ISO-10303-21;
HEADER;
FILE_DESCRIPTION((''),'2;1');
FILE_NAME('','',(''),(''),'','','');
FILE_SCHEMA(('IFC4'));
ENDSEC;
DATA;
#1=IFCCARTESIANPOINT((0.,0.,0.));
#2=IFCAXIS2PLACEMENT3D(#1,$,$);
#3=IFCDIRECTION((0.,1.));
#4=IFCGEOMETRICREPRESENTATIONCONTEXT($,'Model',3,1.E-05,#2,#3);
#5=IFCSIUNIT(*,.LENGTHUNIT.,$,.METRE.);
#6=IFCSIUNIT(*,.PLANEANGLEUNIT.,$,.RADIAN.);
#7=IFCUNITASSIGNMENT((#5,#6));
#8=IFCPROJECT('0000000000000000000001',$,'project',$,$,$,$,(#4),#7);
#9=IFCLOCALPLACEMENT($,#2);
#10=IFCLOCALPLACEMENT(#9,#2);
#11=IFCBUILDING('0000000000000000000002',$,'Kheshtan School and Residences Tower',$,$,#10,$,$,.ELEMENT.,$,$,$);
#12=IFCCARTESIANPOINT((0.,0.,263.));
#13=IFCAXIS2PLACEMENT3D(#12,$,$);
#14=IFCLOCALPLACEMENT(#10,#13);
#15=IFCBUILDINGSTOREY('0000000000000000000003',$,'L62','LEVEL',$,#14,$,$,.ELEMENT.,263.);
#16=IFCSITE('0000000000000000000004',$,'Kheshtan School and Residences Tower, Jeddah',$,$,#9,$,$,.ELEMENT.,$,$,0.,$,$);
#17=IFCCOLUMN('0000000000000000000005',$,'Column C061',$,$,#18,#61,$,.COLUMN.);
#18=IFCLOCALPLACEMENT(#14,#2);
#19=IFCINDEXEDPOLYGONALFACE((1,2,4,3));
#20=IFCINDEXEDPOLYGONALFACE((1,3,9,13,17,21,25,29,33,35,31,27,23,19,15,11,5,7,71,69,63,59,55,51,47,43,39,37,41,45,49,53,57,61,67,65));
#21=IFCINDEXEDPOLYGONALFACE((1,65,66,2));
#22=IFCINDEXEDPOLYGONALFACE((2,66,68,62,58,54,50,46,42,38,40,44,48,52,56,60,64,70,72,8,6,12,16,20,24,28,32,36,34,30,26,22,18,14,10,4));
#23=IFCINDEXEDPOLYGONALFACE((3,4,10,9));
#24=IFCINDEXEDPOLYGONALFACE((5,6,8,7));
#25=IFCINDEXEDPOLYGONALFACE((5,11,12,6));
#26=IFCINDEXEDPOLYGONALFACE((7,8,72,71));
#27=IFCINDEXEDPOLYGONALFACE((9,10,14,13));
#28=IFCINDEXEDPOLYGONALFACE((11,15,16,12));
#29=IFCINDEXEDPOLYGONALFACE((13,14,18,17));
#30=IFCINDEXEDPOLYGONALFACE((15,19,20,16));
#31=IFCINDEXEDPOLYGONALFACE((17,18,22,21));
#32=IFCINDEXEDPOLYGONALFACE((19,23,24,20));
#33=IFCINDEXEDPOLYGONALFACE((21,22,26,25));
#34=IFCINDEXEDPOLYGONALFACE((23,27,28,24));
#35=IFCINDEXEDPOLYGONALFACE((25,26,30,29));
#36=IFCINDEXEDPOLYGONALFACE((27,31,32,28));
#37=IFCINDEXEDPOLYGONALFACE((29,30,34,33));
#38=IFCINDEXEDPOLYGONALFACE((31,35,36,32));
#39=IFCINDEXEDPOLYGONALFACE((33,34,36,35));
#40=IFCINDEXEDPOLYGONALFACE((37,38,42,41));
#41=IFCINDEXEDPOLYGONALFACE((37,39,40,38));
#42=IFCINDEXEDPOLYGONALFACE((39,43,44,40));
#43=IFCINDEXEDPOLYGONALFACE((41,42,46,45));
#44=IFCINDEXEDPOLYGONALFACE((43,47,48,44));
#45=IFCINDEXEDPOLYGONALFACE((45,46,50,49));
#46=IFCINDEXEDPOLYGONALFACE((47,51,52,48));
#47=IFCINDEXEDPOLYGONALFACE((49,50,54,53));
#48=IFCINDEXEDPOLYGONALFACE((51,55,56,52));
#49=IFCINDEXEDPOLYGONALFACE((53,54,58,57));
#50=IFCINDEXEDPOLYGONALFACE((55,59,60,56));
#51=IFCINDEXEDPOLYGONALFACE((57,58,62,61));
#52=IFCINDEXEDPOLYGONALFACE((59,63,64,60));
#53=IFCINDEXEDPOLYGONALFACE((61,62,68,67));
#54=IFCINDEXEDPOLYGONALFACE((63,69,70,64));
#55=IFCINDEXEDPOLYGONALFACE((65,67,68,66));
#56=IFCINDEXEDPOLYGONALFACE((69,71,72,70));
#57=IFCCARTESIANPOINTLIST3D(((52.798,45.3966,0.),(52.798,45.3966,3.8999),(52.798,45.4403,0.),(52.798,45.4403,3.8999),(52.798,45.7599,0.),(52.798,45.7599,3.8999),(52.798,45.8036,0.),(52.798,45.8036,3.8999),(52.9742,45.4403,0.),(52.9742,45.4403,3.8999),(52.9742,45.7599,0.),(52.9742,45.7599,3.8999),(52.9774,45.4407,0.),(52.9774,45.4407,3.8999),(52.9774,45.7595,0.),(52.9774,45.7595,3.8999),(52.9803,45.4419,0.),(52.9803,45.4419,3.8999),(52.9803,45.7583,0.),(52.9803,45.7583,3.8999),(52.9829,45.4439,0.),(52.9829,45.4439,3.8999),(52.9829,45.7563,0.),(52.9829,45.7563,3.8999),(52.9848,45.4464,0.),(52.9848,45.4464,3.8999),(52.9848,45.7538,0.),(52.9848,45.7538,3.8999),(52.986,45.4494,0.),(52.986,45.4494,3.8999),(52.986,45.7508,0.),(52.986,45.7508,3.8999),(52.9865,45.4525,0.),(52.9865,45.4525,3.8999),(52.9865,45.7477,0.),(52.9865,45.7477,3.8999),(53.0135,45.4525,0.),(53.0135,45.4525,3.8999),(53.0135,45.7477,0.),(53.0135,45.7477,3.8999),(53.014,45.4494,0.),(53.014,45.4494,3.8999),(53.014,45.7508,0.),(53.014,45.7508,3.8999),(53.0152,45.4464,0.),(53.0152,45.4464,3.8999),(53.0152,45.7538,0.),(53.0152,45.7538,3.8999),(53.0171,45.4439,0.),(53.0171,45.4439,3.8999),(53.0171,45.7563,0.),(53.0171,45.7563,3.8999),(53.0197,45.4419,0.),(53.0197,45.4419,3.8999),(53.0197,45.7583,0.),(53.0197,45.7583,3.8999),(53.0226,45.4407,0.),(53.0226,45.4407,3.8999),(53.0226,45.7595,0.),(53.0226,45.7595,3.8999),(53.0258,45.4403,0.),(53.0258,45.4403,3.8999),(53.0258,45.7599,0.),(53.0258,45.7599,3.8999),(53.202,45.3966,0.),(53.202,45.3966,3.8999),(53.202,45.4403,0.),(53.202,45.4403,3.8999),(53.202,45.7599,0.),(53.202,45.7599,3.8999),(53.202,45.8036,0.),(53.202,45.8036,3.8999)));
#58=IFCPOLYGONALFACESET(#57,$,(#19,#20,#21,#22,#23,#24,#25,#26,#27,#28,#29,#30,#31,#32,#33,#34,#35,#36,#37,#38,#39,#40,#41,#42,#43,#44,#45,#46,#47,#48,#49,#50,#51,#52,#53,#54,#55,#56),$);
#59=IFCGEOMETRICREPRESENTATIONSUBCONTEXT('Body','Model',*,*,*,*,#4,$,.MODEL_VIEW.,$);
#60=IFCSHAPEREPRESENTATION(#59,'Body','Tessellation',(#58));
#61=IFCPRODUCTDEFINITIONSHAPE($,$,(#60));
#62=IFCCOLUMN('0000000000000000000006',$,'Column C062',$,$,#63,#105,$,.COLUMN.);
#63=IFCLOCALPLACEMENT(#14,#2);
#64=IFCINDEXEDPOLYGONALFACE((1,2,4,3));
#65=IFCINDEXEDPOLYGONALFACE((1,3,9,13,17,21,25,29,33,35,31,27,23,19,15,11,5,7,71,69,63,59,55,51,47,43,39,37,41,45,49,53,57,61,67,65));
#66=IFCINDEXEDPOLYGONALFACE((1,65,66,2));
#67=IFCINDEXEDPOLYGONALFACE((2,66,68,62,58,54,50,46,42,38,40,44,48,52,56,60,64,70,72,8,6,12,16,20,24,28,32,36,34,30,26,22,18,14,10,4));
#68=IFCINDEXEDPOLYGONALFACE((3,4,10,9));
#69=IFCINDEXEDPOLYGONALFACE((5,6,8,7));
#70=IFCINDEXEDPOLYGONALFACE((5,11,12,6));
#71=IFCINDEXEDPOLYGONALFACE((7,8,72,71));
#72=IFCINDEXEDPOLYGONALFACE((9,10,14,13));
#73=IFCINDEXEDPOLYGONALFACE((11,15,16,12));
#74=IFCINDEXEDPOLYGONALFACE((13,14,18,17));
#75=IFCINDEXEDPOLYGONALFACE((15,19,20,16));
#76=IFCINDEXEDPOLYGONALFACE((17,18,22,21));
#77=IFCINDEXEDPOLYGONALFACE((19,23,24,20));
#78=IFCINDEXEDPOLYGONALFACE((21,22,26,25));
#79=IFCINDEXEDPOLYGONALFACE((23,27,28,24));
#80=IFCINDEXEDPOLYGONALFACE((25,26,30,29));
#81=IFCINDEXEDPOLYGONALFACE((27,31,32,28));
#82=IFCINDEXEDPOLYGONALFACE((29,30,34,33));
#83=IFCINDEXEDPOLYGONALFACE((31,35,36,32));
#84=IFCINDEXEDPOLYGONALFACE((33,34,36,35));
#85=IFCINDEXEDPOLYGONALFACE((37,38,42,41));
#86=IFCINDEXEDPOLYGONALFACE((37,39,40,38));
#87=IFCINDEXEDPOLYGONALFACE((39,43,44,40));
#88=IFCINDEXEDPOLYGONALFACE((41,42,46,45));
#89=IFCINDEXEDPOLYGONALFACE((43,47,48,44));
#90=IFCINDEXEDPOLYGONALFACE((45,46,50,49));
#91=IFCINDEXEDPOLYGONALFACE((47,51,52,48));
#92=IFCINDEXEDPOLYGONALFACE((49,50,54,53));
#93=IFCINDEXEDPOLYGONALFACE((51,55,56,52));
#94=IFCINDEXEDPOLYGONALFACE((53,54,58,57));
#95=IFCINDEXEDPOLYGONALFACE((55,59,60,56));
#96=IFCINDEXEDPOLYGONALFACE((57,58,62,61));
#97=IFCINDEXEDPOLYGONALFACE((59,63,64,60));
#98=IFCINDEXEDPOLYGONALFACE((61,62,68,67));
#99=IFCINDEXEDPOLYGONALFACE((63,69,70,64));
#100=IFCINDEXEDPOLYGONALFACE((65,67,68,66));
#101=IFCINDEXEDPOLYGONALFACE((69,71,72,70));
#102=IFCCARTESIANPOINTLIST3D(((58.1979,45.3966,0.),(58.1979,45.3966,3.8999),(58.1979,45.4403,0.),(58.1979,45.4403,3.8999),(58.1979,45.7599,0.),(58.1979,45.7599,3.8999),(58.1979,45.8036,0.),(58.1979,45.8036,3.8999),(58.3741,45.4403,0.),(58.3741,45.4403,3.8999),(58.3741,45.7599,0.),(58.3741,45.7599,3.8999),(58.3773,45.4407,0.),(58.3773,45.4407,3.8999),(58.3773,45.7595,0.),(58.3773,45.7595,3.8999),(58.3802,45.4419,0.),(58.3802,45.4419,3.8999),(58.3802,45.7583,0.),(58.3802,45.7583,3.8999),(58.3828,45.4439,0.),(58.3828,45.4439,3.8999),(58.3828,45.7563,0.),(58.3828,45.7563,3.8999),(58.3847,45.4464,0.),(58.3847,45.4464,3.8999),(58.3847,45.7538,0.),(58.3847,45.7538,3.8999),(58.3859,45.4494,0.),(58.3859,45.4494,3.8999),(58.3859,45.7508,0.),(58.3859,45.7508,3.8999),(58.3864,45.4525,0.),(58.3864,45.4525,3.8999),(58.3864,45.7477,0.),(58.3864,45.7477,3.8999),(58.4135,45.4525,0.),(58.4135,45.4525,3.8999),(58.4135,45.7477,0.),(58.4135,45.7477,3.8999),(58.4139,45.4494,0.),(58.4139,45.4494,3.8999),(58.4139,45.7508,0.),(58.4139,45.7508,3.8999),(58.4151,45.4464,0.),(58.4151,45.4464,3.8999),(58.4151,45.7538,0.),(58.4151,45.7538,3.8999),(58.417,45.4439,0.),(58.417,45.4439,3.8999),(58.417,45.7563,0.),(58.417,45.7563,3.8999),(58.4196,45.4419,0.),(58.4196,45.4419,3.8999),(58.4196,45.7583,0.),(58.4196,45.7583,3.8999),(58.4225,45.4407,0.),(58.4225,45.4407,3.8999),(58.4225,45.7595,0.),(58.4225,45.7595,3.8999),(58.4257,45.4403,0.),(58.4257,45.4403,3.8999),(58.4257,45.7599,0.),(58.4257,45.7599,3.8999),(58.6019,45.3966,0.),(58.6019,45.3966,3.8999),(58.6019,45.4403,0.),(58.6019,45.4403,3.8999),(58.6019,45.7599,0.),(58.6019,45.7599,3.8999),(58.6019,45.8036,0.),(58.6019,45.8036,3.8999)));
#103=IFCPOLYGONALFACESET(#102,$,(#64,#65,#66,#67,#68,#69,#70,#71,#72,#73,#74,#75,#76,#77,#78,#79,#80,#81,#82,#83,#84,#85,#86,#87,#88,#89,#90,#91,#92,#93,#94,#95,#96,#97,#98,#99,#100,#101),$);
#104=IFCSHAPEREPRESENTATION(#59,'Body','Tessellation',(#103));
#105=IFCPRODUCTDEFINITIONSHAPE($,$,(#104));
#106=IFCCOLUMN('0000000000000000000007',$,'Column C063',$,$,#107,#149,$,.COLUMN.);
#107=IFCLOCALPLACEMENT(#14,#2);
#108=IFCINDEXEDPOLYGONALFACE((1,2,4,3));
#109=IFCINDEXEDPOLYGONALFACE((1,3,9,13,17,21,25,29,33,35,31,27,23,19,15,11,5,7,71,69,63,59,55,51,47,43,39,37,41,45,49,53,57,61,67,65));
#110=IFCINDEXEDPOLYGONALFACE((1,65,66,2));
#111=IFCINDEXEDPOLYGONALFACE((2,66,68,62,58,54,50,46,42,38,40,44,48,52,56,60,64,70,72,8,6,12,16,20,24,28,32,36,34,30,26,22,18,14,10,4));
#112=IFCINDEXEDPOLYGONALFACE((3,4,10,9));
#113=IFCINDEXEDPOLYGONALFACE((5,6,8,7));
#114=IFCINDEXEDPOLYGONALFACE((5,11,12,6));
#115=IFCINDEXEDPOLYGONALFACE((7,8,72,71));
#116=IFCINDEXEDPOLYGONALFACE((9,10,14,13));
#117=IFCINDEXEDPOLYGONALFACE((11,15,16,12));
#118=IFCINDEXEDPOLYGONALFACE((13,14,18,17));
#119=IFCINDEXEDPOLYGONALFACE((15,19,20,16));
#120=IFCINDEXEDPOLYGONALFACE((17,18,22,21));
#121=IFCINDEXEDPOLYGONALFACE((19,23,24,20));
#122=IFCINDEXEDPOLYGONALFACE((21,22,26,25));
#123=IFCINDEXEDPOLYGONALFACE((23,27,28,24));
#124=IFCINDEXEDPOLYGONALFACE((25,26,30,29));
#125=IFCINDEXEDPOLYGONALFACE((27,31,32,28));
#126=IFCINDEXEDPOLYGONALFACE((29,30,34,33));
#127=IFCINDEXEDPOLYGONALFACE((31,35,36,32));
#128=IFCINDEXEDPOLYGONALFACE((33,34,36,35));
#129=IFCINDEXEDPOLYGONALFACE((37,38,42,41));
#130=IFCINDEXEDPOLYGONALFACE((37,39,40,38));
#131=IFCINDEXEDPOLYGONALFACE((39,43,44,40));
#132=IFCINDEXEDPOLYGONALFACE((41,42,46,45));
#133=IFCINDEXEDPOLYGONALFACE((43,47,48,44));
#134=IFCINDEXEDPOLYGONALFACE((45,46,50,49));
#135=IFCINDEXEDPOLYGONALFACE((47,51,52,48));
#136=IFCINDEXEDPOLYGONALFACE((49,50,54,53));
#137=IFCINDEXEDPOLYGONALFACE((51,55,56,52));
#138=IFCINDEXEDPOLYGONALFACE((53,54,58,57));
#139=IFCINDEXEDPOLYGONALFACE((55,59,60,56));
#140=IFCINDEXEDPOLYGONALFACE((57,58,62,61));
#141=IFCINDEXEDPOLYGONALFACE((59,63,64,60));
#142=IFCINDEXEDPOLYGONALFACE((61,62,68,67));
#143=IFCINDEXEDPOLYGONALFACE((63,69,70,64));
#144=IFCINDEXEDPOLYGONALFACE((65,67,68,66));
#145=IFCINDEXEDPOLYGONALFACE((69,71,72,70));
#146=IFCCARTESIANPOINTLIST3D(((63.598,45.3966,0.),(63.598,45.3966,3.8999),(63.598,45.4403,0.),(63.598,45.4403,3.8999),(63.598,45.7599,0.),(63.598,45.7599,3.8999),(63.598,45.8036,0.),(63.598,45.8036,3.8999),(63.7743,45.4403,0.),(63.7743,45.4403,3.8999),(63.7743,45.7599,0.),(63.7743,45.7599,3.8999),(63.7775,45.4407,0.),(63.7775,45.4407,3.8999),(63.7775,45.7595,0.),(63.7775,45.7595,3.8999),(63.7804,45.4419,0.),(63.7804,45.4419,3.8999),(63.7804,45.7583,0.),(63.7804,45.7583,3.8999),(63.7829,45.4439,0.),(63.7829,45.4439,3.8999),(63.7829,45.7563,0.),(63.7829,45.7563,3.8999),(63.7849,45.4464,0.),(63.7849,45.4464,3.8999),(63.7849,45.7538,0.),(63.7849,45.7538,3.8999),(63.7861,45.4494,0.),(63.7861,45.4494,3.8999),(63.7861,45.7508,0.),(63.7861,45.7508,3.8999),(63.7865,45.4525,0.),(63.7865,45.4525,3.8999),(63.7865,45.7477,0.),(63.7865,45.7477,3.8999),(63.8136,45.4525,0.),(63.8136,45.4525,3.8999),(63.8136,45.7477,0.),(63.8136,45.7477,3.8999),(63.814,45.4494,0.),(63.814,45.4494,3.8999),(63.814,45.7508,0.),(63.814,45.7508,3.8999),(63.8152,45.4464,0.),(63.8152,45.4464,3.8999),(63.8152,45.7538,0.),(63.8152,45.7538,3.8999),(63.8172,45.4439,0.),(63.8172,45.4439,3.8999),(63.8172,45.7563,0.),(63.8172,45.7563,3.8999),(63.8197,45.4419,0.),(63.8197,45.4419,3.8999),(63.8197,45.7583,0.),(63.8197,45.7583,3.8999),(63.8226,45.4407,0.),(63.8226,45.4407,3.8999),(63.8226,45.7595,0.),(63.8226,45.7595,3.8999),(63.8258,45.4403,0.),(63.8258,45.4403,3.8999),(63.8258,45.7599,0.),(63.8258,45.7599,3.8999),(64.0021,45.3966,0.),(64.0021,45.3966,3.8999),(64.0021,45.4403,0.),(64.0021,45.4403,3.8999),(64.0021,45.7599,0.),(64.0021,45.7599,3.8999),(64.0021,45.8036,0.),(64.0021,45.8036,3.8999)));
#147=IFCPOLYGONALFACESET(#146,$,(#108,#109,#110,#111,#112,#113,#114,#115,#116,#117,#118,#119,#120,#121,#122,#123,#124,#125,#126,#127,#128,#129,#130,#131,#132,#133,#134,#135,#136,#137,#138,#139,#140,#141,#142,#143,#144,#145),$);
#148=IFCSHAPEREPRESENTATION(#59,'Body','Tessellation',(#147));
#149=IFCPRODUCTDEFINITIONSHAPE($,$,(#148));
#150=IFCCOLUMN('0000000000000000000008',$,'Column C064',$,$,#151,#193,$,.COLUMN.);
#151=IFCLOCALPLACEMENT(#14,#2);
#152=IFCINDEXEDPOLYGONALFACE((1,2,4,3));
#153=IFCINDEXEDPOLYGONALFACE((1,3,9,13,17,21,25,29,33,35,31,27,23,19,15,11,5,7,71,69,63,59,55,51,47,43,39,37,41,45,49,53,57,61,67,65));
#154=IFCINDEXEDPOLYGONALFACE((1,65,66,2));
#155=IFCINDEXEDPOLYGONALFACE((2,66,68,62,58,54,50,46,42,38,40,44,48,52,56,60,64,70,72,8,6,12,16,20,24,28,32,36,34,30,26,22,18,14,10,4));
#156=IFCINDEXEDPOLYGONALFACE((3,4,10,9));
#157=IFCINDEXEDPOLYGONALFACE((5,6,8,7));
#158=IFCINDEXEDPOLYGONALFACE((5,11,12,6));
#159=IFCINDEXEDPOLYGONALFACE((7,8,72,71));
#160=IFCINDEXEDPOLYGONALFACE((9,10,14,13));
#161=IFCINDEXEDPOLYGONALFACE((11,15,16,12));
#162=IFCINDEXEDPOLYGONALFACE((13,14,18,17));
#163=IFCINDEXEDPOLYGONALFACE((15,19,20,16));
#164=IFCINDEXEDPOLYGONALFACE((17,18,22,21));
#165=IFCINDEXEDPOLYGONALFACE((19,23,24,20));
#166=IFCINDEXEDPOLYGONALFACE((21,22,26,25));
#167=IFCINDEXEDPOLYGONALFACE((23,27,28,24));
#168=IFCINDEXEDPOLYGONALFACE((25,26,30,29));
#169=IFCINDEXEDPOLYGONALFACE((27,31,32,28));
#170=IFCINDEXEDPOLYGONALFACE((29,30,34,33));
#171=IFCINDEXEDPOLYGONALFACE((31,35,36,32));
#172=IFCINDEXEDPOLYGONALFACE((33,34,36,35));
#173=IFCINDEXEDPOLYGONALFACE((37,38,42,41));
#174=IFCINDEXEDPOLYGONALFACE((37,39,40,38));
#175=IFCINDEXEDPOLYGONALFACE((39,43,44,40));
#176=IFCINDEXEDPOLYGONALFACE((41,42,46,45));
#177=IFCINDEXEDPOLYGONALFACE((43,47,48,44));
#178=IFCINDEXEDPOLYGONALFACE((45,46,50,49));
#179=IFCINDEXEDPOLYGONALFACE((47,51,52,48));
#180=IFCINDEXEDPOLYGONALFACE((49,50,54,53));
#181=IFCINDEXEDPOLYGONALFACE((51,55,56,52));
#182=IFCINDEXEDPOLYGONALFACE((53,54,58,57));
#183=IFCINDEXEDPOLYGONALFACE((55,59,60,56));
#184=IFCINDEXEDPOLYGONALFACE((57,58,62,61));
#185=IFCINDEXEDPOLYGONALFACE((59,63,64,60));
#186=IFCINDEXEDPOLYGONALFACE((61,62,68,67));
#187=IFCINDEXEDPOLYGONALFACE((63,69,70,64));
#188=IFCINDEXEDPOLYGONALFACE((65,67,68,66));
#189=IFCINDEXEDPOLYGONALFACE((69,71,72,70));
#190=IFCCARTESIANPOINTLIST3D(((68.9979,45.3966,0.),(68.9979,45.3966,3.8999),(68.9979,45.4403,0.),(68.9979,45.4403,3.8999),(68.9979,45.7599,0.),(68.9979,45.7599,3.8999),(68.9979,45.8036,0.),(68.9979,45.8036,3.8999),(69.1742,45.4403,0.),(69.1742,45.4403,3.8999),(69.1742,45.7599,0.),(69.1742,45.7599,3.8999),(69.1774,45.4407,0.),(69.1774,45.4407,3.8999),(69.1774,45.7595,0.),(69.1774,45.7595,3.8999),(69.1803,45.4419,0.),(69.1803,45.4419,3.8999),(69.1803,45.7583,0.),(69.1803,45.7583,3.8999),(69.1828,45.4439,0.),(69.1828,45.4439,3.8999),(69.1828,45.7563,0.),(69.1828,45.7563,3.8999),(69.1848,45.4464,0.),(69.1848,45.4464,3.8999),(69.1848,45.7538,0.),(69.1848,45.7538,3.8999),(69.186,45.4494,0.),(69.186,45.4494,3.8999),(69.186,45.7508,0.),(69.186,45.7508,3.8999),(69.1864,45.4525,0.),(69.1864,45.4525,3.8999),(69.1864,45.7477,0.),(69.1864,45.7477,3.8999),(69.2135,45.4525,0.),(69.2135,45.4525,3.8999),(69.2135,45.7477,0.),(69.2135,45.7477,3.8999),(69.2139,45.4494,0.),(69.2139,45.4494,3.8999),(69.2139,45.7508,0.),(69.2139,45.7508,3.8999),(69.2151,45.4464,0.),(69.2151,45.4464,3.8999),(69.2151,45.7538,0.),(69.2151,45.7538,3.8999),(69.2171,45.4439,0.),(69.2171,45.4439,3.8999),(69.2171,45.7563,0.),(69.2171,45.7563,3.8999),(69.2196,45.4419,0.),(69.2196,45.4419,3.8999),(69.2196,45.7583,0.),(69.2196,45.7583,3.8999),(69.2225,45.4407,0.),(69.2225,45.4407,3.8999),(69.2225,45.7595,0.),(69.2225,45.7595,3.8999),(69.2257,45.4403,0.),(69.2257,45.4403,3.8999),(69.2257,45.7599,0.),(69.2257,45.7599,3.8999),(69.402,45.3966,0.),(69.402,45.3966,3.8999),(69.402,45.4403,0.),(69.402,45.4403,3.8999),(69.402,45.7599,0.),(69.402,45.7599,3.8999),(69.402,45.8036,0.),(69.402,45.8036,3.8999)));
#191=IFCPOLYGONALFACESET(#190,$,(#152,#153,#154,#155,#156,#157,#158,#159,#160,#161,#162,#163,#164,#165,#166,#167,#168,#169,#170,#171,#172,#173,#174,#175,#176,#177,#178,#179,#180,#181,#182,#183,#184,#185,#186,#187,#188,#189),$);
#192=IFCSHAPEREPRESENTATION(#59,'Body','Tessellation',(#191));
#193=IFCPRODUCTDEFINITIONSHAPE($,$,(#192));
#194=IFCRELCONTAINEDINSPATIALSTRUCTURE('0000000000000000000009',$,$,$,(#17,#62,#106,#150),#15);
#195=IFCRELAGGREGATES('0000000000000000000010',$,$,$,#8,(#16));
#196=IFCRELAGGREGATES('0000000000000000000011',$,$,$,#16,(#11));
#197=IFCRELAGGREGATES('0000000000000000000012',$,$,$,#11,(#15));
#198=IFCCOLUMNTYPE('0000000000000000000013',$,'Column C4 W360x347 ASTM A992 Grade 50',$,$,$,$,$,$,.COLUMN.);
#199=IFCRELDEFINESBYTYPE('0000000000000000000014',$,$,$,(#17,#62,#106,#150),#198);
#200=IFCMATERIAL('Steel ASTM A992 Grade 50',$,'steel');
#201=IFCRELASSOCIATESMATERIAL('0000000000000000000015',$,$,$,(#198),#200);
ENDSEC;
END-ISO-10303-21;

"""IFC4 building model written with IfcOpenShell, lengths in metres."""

from ifc_helpers import new_model, si_unit, direction, frame, origin, origin_2d, place, context, subcontext, project, spatial, i_section, extrude, material, material_profile, profile_set, type_object, element, save


model = new_model("IFC4")

# Units and contexts
model_context = context("Model", 3, precision=1e-05, world=origin(), true_north=direction((0.0, 1.0)))
body_context = subcontext(model_context, "Body", "Model", "MODEL_VIEW")
ifc_project = project(units=[si_unit("LENGTHUNIT", "METRE"), si_unit("PLANEANGLEUNIT", "RADIAN")], contexts=[model_context])

# Site, building, storey
site_placement = place(None, origin())
site = spatial("IfcSite", under=ifc_project, at=site_placement, Name="Kheshtan School and Residences Tower, Jeddah", CompositionType="ELEMENT", RefElevation=0.0)
building_placement = place(site_placement, origin())
building = spatial("IfcBuilding", under=site, at=building_placement, Name="Kheshtan School and Residences Tower", CompositionType="ELEMENT")
storey_placement = place(building_placement, frame((0.0, 0.0, 263.0)))
storey = spatial("IfcBuildingStorey", under=building, at=storey_placement, Name="L62", Description="LEVEL", CompositionType="ELEMENT", Elevation=263.0)

# Columns
ifc_material_1 = material(Name="Steel ASTM A992 Grade 50", Category="steel")
ifc_material_profile_1 = material_profile(ifc_material_1, i_section(OverallWidth=0.4041, OverallDepth=0.407, WebThickness=0.0271, FlangeThickness=0.0437, FilletRadius=0.0122, at=origin_2d()), Name="W360x347")
ifc_profile_set_1 = profile_set([ifc_material_profile_1], Name="Steel ASTM A992 Grade 50")
column_type = type_object("IfcColumnType", Name="Column C4 W360x347 ASTM A992 Grade 50", PredefinedType="COLUMN", material=ifc_profile_set_1)
for number, where, z_axis, x_axis, name in (
    (1, (53.0, 45.6001, 0.0), (0.0, 0.0, 1.0), (1.0, 0.0, 0.0), "Column C061"),
    (2, (58.3999, 45.6001, 0.0), (0.0, 0.0, 1.0), (1.0, 0.0, 0.0), "Column C062"),
    (3, (63.8, 45.6001, 0.0), (0.0, 0.0, 1.0), (1.0, 0.0, 0.0), "Column C063"),
    (4, (69.2, 45.6001, 0.0), (0.0, 0.0, 1.0), (1.0, 0.0, 0.0), "Column C064"),
):
    element("IfcColumn", number, at=place(storey_placement, frame(where, z_axis=z_axis, x_axis=x_axis)), inside=storey, type_object=column_type, Name=name, PredefinedType="COLUMN", context=body_context, shape_type="SweptSolid", body=[
        extrude(i_section(OverallWidth=0.4041, OverallDepth=0.407, WebThickness=0.0271, FlangeThickness=0.0437, FilletRadius=0.0122, at=origin_2d()), origin(), (0.0, 0.0, 1.0), 3.8999),
    ])

save(model, "model.ifc")
